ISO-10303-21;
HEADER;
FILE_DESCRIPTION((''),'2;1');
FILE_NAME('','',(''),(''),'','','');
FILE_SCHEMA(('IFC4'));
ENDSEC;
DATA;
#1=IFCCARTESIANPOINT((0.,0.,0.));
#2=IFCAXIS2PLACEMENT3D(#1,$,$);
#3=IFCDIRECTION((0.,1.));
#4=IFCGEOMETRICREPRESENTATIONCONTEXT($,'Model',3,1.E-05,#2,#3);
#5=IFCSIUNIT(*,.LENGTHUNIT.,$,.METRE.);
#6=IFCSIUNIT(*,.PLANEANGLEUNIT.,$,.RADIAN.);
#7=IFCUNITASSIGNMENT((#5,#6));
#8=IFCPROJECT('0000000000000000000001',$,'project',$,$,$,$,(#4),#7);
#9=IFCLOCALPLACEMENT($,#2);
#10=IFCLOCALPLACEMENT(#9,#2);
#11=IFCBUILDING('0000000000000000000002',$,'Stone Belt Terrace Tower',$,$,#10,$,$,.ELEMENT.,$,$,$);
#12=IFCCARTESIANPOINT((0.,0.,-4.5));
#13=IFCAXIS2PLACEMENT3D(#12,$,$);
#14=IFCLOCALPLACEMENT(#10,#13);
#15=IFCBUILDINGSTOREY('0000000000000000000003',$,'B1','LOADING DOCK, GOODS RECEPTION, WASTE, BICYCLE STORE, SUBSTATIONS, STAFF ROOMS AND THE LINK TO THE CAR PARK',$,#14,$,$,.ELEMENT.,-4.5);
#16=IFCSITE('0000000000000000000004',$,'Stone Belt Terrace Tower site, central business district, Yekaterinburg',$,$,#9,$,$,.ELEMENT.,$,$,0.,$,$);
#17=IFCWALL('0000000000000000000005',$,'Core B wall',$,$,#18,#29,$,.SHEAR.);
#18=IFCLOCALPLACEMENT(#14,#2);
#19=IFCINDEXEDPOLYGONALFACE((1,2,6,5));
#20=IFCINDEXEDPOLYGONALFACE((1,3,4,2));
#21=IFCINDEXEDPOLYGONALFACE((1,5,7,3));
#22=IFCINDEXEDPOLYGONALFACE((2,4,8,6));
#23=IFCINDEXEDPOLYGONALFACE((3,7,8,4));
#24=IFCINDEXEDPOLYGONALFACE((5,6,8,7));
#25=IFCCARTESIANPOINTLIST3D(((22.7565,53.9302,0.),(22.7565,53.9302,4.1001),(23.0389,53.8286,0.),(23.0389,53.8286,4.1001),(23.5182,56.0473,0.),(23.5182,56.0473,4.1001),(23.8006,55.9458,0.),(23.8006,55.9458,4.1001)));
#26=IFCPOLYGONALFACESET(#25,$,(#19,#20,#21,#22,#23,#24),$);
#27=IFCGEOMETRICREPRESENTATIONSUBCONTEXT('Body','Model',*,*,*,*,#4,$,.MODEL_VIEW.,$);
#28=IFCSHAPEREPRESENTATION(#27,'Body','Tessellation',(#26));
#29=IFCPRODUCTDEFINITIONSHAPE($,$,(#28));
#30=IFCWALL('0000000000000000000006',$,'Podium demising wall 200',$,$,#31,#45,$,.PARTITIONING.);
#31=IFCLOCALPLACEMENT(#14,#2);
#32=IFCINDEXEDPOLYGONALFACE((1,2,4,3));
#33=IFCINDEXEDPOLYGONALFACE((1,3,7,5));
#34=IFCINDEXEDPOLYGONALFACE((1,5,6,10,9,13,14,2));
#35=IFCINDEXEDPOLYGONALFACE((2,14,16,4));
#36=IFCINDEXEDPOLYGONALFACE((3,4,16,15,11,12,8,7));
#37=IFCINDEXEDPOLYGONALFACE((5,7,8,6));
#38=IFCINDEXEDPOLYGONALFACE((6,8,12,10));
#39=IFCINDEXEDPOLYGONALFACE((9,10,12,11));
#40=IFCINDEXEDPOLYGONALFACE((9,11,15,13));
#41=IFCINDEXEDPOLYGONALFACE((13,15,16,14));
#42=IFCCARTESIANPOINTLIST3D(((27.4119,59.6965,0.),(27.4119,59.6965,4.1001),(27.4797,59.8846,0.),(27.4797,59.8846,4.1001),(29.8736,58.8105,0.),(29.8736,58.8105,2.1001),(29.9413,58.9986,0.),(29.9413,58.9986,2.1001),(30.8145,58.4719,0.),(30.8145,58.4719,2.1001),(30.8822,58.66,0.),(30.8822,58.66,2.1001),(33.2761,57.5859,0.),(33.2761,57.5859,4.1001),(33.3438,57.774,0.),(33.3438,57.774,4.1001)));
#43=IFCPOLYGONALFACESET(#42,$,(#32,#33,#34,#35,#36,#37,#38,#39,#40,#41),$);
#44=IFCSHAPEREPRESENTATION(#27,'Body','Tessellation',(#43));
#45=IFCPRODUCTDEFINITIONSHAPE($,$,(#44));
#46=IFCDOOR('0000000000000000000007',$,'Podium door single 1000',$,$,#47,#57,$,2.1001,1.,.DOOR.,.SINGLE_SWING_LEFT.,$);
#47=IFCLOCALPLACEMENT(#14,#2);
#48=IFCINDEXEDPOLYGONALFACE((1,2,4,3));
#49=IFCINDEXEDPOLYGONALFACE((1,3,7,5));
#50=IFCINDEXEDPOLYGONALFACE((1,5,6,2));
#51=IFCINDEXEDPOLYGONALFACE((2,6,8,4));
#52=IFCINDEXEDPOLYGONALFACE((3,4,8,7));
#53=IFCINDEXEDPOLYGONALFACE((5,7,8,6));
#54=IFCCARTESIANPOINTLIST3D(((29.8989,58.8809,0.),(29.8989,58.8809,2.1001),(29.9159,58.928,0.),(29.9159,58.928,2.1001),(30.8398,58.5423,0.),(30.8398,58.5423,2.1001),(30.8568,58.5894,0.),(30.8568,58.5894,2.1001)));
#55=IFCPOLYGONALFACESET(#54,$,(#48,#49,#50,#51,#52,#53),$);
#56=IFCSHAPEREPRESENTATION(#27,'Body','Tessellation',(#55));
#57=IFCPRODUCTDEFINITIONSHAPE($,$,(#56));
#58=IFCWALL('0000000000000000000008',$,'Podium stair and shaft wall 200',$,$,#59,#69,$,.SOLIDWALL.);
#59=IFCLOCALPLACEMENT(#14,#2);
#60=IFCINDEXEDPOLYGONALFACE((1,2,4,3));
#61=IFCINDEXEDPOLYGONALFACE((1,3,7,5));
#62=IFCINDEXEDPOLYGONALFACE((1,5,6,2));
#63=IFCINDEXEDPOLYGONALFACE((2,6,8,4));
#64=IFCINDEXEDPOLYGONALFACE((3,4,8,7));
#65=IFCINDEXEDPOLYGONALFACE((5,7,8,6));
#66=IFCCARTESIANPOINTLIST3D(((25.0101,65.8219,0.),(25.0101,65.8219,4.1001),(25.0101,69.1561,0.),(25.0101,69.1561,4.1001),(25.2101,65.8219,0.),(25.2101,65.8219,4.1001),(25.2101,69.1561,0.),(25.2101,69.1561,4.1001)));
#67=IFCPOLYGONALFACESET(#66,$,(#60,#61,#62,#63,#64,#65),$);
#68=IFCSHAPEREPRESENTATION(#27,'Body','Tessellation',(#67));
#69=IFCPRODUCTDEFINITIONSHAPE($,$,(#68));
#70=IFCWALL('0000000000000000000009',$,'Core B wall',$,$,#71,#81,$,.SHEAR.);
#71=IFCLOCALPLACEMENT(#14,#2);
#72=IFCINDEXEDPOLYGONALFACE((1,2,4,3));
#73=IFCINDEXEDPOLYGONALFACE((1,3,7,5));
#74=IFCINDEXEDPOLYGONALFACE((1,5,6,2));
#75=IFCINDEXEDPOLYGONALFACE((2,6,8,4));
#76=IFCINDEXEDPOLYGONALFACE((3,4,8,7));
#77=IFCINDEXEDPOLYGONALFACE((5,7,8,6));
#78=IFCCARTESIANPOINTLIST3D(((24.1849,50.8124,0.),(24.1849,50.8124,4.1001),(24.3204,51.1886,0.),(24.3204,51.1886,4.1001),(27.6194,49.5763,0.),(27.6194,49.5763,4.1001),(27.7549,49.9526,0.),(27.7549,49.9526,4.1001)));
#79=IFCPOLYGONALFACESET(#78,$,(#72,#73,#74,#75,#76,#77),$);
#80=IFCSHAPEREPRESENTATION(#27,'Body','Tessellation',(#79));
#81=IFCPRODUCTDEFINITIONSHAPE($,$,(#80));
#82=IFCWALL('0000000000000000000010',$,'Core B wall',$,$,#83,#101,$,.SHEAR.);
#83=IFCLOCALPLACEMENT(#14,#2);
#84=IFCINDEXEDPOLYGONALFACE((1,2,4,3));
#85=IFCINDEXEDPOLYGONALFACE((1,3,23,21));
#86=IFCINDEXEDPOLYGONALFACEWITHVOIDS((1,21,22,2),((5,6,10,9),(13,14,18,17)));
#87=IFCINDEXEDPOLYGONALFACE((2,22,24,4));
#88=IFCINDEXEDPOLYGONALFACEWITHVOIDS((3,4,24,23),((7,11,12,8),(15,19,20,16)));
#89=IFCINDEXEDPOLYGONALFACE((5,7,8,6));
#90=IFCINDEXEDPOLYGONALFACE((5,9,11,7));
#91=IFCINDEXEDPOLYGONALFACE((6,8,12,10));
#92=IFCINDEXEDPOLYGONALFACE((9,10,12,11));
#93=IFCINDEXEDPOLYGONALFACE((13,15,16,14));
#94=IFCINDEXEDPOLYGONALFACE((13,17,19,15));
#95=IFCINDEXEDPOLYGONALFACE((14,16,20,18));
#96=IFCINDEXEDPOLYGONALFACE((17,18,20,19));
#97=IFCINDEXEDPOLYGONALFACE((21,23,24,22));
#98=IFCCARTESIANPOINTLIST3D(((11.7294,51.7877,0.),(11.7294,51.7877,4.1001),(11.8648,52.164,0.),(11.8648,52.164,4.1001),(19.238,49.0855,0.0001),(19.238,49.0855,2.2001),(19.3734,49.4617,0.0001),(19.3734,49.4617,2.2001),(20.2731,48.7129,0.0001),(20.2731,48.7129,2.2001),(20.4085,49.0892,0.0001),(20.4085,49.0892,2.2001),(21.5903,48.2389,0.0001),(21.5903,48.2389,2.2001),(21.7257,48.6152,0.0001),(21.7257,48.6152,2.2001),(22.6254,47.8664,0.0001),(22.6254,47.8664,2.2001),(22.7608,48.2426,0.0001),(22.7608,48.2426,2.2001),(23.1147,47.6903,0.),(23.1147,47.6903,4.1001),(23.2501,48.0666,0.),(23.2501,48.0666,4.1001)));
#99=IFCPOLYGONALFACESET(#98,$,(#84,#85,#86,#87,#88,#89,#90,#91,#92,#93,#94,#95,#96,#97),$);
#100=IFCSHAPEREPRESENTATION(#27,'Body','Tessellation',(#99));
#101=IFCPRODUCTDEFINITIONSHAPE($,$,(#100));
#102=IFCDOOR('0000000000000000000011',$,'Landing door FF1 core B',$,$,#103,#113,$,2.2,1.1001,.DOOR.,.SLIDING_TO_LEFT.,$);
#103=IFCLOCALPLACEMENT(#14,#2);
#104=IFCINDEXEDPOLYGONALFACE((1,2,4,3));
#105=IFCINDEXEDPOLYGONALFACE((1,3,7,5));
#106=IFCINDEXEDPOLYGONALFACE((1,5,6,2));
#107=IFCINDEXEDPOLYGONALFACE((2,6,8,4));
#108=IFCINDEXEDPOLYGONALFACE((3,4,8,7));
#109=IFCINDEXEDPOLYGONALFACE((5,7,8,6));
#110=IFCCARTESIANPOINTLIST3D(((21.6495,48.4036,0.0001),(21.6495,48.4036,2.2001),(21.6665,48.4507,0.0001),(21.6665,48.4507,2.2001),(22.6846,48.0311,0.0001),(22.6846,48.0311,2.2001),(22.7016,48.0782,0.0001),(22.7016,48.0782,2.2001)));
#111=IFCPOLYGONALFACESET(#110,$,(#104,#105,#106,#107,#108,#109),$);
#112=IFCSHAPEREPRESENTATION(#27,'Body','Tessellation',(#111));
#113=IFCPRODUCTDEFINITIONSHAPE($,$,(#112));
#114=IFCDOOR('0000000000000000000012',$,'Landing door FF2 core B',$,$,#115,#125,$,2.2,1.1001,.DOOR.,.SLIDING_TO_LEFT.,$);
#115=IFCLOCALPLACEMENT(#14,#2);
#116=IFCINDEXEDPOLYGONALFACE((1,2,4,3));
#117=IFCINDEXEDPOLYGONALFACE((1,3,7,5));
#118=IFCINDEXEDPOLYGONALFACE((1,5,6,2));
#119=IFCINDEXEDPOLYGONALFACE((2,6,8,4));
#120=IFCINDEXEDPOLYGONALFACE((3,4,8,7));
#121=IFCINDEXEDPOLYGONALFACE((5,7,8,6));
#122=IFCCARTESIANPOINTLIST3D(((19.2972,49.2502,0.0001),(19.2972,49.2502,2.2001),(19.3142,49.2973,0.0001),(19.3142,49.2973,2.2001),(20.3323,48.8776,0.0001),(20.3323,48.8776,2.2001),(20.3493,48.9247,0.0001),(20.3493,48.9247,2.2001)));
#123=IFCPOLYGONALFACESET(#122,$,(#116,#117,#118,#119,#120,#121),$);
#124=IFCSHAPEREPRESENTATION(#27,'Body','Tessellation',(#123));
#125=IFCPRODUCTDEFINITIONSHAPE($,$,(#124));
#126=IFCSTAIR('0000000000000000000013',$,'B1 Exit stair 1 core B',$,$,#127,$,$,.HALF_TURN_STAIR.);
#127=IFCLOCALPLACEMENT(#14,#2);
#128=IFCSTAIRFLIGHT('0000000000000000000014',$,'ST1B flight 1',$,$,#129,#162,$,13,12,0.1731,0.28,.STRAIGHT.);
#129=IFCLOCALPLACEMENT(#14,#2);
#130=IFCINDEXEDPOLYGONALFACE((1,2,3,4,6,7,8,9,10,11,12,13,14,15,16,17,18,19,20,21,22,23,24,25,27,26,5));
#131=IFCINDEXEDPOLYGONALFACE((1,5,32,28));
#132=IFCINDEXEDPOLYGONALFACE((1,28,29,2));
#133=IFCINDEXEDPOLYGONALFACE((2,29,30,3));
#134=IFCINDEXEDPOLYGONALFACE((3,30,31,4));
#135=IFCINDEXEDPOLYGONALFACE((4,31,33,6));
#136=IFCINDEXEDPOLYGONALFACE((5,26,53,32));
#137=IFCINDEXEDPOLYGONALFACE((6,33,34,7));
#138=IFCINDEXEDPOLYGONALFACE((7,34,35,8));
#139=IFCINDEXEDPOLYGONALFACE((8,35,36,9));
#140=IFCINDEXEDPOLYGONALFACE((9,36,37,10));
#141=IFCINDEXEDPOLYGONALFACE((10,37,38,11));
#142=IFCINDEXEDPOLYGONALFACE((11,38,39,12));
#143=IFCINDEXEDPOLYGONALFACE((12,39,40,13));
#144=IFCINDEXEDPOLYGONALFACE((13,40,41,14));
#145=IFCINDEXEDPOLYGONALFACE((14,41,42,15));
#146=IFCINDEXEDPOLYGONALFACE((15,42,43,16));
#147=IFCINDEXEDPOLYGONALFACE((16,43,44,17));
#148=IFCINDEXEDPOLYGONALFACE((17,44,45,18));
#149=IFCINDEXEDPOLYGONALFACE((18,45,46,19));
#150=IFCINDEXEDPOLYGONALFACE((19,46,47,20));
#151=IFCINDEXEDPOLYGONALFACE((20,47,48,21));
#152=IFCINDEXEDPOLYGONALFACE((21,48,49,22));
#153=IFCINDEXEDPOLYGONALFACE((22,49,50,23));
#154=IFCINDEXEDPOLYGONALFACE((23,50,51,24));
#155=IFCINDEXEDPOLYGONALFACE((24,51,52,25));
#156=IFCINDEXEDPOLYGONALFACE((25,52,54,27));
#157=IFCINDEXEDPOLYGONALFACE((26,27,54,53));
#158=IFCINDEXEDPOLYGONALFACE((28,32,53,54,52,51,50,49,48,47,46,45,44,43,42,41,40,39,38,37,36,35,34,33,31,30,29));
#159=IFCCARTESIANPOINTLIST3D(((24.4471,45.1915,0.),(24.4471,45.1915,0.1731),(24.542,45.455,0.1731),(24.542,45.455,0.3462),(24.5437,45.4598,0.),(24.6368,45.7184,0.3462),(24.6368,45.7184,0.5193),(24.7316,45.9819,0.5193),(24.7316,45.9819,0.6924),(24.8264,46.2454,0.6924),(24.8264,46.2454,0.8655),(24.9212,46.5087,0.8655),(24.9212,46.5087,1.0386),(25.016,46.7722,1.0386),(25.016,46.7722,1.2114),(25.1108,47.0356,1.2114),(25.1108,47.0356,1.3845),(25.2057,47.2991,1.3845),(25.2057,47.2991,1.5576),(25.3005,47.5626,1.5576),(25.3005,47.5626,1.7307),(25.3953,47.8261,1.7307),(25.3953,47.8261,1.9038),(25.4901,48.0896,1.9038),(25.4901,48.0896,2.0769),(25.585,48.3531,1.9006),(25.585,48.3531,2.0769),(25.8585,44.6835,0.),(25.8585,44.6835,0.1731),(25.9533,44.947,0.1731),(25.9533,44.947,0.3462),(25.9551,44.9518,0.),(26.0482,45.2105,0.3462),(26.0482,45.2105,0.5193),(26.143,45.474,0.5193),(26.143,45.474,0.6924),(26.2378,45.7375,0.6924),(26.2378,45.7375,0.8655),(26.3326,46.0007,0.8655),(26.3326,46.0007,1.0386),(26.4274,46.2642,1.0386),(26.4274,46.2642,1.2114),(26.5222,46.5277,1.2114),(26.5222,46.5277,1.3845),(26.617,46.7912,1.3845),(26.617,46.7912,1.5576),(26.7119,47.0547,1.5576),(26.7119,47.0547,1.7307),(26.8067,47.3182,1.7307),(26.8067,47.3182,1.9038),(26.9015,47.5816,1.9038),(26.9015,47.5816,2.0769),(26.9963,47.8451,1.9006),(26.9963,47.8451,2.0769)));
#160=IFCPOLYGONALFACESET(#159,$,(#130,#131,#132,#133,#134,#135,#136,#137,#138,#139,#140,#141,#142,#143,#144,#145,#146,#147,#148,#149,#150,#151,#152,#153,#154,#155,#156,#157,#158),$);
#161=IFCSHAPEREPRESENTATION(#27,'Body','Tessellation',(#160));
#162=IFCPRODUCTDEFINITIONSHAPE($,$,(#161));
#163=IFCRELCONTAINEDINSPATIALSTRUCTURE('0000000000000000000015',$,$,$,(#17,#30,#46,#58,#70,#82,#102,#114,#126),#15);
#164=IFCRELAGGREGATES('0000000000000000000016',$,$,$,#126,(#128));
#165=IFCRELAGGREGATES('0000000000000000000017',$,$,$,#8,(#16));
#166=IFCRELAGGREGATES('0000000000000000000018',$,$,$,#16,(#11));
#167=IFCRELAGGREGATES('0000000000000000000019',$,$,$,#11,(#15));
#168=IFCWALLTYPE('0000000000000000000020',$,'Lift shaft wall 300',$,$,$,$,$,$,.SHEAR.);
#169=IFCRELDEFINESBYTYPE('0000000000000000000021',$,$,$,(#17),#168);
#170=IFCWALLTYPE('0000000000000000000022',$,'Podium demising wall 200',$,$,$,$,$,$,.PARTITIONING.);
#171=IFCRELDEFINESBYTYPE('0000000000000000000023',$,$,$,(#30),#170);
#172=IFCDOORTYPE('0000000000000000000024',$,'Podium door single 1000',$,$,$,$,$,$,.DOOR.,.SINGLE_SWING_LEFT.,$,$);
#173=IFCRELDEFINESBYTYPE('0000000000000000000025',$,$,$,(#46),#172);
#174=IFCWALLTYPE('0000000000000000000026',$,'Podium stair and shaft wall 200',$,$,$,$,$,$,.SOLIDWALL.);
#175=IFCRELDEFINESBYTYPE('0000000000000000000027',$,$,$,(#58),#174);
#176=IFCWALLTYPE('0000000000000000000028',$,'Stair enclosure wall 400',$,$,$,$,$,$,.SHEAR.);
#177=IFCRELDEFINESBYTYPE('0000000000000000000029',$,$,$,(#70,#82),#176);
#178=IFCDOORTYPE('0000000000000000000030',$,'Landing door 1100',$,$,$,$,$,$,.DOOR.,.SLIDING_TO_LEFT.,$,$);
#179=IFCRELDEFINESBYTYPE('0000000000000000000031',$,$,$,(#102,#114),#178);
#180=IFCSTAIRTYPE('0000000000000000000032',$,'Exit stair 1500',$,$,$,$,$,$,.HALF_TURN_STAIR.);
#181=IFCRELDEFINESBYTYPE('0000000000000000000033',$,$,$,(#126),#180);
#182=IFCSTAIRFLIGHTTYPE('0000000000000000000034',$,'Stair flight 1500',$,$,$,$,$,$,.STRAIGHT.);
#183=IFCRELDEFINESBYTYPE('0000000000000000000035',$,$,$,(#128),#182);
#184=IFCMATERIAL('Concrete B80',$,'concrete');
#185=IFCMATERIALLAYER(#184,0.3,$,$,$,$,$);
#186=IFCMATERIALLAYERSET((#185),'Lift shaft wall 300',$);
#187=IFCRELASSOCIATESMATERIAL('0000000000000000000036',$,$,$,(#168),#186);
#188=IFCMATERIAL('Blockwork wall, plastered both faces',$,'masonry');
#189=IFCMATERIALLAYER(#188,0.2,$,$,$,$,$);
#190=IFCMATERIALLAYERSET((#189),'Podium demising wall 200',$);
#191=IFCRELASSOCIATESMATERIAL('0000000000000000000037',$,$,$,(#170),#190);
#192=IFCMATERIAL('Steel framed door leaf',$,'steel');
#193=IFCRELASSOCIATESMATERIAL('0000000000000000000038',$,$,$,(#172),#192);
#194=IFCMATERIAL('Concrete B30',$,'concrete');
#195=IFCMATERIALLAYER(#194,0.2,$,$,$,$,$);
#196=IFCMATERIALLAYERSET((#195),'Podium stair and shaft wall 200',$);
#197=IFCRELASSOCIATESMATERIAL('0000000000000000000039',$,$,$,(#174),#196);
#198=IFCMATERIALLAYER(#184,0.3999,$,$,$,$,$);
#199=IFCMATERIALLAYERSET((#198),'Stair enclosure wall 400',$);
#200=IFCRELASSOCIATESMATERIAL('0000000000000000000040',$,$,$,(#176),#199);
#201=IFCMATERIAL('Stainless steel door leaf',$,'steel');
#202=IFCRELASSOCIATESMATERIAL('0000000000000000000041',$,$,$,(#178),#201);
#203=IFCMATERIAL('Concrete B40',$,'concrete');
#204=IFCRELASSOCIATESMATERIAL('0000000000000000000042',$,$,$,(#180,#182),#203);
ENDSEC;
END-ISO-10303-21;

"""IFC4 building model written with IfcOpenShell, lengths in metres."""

from ifc_helpers import new_model, si_unit, direction, frame, frame_2d, origin, place, context, subcontext, project, spatial, polyline, rectangle, outline, extrude, material, layer, layer_set, type_object, element, fill, aggregate, save


model = new_model("IFC4")

# Units and contexts
model_context = context("Model", 3, precision=1e-05, world=origin(), true_north=direction((0.0, 1.0)))
body_context = subcontext(model_context, "Body", "Model", "MODEL_VIEW")
ifc_project = project(units=[si_unit("LENGTHUNIT", "METRE"), si_unit("PLANEANGLEUNIT", "RADIAN")], contexts=[model_context])

# Site, building, storey
site_placement = place(None, origin())
site = spatial("IfcSite", under=ifc_project, at=site_placement, Name="Stone Belt Terrace Tower site, central business district, Yekaterinburg", CompositionType="ELEMENT", RefElevation=0.0)
building_placement = place(site_placement, origin())
building = spatial("IfcBuilding", under=site, at=building_placement, Name="Stone Belt Terrace Tower", CompositionType="ELEMENT")
storey_placement = place(building_placement, frame((0.0, 0.0, -4.5)))
storey = spatial("IfcBuildingStorey", under=building, at=storey_placement, Name="B1", Description="LOADING DOCK, GOODS RECEPTION, WASTE, BICYCLE STORE, SUBSTATIONS, STAFF ROOMS AND THE LINK TO THE CAR PARK", CompositionType="ELEMENT", Elevation=-4.5)

# Shared definitions
ifc_material_1 = material(Name="Concrete B80", Category="concrete")

# Shared definitions
ifc_material_2 = material(Name="Concrete B30", Category="concrete")

# Shared definitions
ifc_layer_1 = layer(ifc_material_1, 0.3)
ifc_layer_set_1 = layer_set([ifc_layer_1], Name="Lift shaft wall 300")
wall_type_1 = type_object("IfcWallType", Name="Lift shaft wall 300", PredefinedType="SHEAR", material=ifc_layer_set_1)
ifc_material_3 = material(Name="Stainless steel door leaf", Category="steel")

# Wall
wall_1_placement = place(storey_placement, frame((22.8977, 53.8794, 0.0), z_axis=(0.0, 0.0, 1.0), x_axis=(0.338535, 0.940954, 0.0)))
element("IfcWall", 1, at=wall_1_placement, inside=storey, type_object=wall_type_1, Name="Core B wall", PredefinedType="SHEAR", context=body_context, shape_type="SweptSolid", body=[
    extrude(rectangle(XDim=2.25, YDim=0.3, at=frame_2d((1.125, 0.0))), origin(), (0.0, 0.0, 1.0), 4.1001),
])

# Wall, opening, door
ifc_material_4 = material(Name="Blockwork wall, plastered both faces", Category="masonry")
ifc_layer_2 = layer(ifc_material_4, 0.2)
ifc_layer_set_2 = layer_set([ifc_layer_2], Name="Podium demising wall 200")
wall_type_2 = type_object("IfcWallType", Name="Podium demising wall 200", PredefinedType="PARTITIONING", material=ifc_layer_set_2)
wall_2_placement = place(storey_placement, frame((27.4458, 59.7905, 0.0), z_axis=(0.0, 0.0, 1.0), x_axis=(0.940915, -0.338643, 0.0)))
wall_2 = element("IfcWall", 2, at=wall_2_placement, inside=storey, type_object=wall_type_2, Name="Podium demising wall 200", PredefinedType="PARTITIONING", context=body_context, shape_type="SweptSolid", body=[
    extrude(rectangle(XDim=6.2324, YDim=0.2, at=frame_2d((3.1162, 0.0))), origin(), (0.0, 0.0, 1.0), 4.1001),
])
opening_1_placement = place(wall_2_placement, frame((2.6162, 0.0, 0.0)))
opening_1 = element("IfcOpeningElement", 3, at=opening_1_placement, cuts=wall_2, PredefinedType="OPENING", context=body_context, shape_type="SweptSolid", body=[
    extrude(rectangle(XDim=1.0, YDim=2.1001, at=frame_2d((0.5, 1.05))), frame((0.0, 0.1099, 0.0), z_axis=(0.0, -1.0, 0.0), x_axis=(1.0, 0.0, 0.0)), (0.0, 0.0, 1.0), 0.22),
])
ifc_material_5 = material(Name="Steel framed door leaf", Category="steel")
door_type_1 = type_object("IfcDoorType", Name="Podium door single 1000", OperationType="SINGLE_SWING_LEFT", PredefinedType="DOOR", material=ifc_material_5)
door_1_placement = place(opening_1_placement, origin())
door_1 = element("IfcDoor", 4, at=door_1_placement, inside=storey, type_object=door_type_1, Name="Podium door single 1000", OperationType="SINGLE_SWING_LEFT", OverallHeight=2.1001, OverallWidth=1.0, PredefinedType="DOOR", context=body_context, shape_type="SweptSolid", body=[
    extrude(rectangle(XDim=1.0, YDim=2.1001, at=frame_2d((0.5, 1.05))), frame((0.0, 0.0249, 0.0), z_axis=(0.0, -1.0, 0.0), x_axis=(1.0, 0.0, 0.0)), (0.0, 0.0, 1.0), 0.05),
])
fill(opening_1, door_1)

# Walls
ifc_layer_3 = layer(ifc_material_2, 0.2)
ifc_layer_set_3 = layer_set([ifc_layer_3], Name="Podium stair and shaft wall 200")
wall_type_3 = type_object("IfcWallType", Name="Podium stair and shaft wall 200", PredefinedType="SOLIDWALL", material=ifc_layer_set_3)
wall_3_placement = place(storey_placement, frame((25.1101, 65.822, 0.0), z_axis=(0.0, 0.0, 1.0), x_axis=(0.0, 1.0, 0.0)))
element("IfcWall", 5, at=wall_3_placement, inside=storey, type_object=wall_type_3, Name="Podium stair and shaft wall 200", PredefinedType="SOLIDWALL", context=body_context, shape_type="SweptSolid", body=[
    extrude(rectangle(XDim=3.3342, YDim=0.2, at=frame_2d((1.667, 0.0))), origin(), (0.0, 0.0, 1.0), 4.1001),
])
ifc_layer_4 = layer(ifc_material_1, 0.3999)
ifc_layer_set_4 = layer_set([ifc_layer_4], Name="Stair enclosure wall 400")
wall_type_4 = type_object("IfcWallType", Name="Stair enclosure wall 400", PredefinedType="SHEAR", material=ifc_layer_set_4)
wall_4_placement = place(storey_placement, frame((27.6873, 49.7644, 0.0), z_axis=(0.0, 0.0, 1.0), x_axis=(-0.940919, 0.338632, 0.0)))
element("IfcWall", 6, at=wall_4_placement, inside=storey, type_object=wall_type_4, Name="Core B wall", PredefinedType="SHEAR", context=body_context, shape_type="SweptSolid", body=[
    extrude(rectangle(XDim=3.6501, YDim=0.3999, at=frame_2d((1.8252, 0.0))), origin(), (0.0, 0.0, 1.0), 4.1001),
])

# Wall, openings, doors
wall_5_placement = place(storey_placement, frame((23.1824, 47.8784, 0.0), z_axis=(0.0, 0.0, 1.0), x_axis=(-0.940921, 0.338626, 0.0)))
wall_5 = element("IfcWall", 7, at=wall_5_placement, inside=storey, type_object=wall_type_4, Name="Core B wall", PredefinedType="SHEAR", context=body_context, shape_type="SweptSolid", body=[
    extrude(rectangle(XDim=12.1001, YDim=0.3999, at=frame_2d((6.05, 0.0))), origin(), (0.0, 0.0, 1.0), 4.1001),
])
opening_2_placement = place(wall_5_placement, frame((0.52, 0.0, 0.0)))
opening_2 = element("IfcOpeningElement", 8, at=opening_2_placement, cuts=wall_5, PredefinedType="OPENING", context=body_context, shape_type="SweptSolid", body=[
    extrude(rectangle(XDim=1.1001, YDim=2.2, at=frame_2d((0.55, 1.1001))), frame((0.0, 0.21, 0.0), z_axis=(0.0, -1.0, 0.0), x_axis=(1.0, 0.0, 0.0)), (0.0, 0.0, 1.0), 0.4199),
])
opening_3_placement = place(wall_5_placement, frame((3.02, 0.0, 0.0)))
opening_3 = element("IfcOpeningElement", 9, at=opening_3_placement, cuts=wall_5, PredefinedType="OPENING", context=body_context, shape_type="SweptSolid", body=[
    extrude(rectangle(XDim=1.1001, YDim=2.2, at=frame_2d((0.55, 1.1001))), frame((0.0, 0.21, 0.0), z_axis=(0.0, -1.0, 0.0), x_axis=(1.0, 0.0, 0.0)), (0.0, 0.0, 1.0), 0.4199),
])
door_type_2 = type_object("IfcDoorType", Name="Landing door 1100", OperationType="SLIDING_TO_LEFT", PredefinedType="DOOR", material=ifc_material_3)
door_2_placement = place(opening_2_placement, origin())
door_2 = element("IfcDoor", 10, at=door_2_placement, inside=storey, type_object=door_type_2, Name="Landing door FF1 core B", OperationType="SLIDING_TO_LEFT", OverallHeight=2.2, OverallWidth=1.1001, PredefinedType="DOOR", context=body_context, shape_type="SweptSolid", body=[
    extrude(rectangle(XDim=1.1001, YDim=2.2, at=frame_2d((0.55, 1.1001))), frame((0.0, 0.0249, 0.0), z_axis=(0.0, -1.0, 0.0), x_axis=(1.0, 0.0, 0.0)), (0.0, 0.0, 1.0), 0.05),
])
fill(opening_2, door_2)
door_3_placement = place(opening_3_placement, origin())
door_3 = element("IfcDoor", 11, at=door_3_placement, inside=storey, type_object=door_type_2, Name="Landing door FF2 core B", OperationType="SLIDING_TO_LEFT", OverallHeight=2.2, OverallWidth=1.1001, PredefinedType="DOOR", context=body_context, shape_type="SweptSolid", body=[
    extrude(rectangle(XDim=1.1001, YDim=2.2, at=frame_2d((0.55, 1.1001))), frame((0.0, 0.0249, 0.0), z_axis=(0.0, -1.0, 0.0), x_axis=(1.0, 0.0, 0.0)), (0.0, 0.0, 1.0), 0.05),
])
fill(opening_3, door_3)

# Stair, stair flight
ifc_material_6 = material(Name="Concrete B40", Category="concrete")
stair_type = type_object("IfcStairType", Name="Exit stair 1500", PredefinedType="HALF_TURN_STAIR", material=ifc_material_6)
stair_placement = place(storey_placement, origin())
stair = element("IfcStair", 12, at=stair_placement, inside=storey, type_object=stair_type, Name="B1 Exit stair 1 core B", PredefinedType="HALF_TURN_STAIR")
stair_flight_type = type_object("IfcStairFlightType", Name="Stair flight 1500", PredefinedType="STRAIGHT", material=ifc_material_6)
stair_flight_1_placement = place(storey_placement, frame((25.1528, 44.9375, 0.0), z_axis=(0.0, 0.0, 1.0), x_axis=(0.338624, 0.940922, 0.0)))
stair_flight_1 = element("IfcStairFlight", 13, at=stair_flight_1_placement, type_object=stair_flight_type, Name="ST1B flight 1", NumberOfRisers=13, NumberOfTreads=12, PredefinedType="STRAIGHT", RiserHeight=0.1731, TreadLength=0.28, context=body_context, shape_type="SweptSolid", body=[
    extrude(outline(polyline([(0.0, 0.0), (0.0, 0.1731), (0.28, 0.1731), (0.28, 0.3462), (0.5601, 0.3462), (0.5601, 0.5193), (0.8401, 0.5193), (0.8401, 0.6924), (1.1201, 0.6924), (1.1201, 0.8655), (1.3999, 0.8655), (1.3999, 1.0386), (1.6799, 1.0386), (1.6799, 1.2114), (1.96, 1.2114), (1.96, 1.3845), (2.24, 1.3845), (2.24, 1.5576), (2.52, 1.5576), (2.52, 1.7307), (2.8, 1.7307), (2.8, 1.9038), (3.0801, 1.9038), (3.0801, 2.0769), (3.3601, 2.0769), (3.3601, 2.25), (3.3601, 1.9006), (0.2852, 0.0), (0.0, 0.0)])), frame((0.0, 0.75, 0.0), z_axis=(0.0, -1.0, 0.0), x_axis=(1.0, 0.0, 0.0)), (0.0, 0.0, 1.0), 1.5),
])
aggregate(stair, [stair_flight_1])

save(model, "model.ifc")
